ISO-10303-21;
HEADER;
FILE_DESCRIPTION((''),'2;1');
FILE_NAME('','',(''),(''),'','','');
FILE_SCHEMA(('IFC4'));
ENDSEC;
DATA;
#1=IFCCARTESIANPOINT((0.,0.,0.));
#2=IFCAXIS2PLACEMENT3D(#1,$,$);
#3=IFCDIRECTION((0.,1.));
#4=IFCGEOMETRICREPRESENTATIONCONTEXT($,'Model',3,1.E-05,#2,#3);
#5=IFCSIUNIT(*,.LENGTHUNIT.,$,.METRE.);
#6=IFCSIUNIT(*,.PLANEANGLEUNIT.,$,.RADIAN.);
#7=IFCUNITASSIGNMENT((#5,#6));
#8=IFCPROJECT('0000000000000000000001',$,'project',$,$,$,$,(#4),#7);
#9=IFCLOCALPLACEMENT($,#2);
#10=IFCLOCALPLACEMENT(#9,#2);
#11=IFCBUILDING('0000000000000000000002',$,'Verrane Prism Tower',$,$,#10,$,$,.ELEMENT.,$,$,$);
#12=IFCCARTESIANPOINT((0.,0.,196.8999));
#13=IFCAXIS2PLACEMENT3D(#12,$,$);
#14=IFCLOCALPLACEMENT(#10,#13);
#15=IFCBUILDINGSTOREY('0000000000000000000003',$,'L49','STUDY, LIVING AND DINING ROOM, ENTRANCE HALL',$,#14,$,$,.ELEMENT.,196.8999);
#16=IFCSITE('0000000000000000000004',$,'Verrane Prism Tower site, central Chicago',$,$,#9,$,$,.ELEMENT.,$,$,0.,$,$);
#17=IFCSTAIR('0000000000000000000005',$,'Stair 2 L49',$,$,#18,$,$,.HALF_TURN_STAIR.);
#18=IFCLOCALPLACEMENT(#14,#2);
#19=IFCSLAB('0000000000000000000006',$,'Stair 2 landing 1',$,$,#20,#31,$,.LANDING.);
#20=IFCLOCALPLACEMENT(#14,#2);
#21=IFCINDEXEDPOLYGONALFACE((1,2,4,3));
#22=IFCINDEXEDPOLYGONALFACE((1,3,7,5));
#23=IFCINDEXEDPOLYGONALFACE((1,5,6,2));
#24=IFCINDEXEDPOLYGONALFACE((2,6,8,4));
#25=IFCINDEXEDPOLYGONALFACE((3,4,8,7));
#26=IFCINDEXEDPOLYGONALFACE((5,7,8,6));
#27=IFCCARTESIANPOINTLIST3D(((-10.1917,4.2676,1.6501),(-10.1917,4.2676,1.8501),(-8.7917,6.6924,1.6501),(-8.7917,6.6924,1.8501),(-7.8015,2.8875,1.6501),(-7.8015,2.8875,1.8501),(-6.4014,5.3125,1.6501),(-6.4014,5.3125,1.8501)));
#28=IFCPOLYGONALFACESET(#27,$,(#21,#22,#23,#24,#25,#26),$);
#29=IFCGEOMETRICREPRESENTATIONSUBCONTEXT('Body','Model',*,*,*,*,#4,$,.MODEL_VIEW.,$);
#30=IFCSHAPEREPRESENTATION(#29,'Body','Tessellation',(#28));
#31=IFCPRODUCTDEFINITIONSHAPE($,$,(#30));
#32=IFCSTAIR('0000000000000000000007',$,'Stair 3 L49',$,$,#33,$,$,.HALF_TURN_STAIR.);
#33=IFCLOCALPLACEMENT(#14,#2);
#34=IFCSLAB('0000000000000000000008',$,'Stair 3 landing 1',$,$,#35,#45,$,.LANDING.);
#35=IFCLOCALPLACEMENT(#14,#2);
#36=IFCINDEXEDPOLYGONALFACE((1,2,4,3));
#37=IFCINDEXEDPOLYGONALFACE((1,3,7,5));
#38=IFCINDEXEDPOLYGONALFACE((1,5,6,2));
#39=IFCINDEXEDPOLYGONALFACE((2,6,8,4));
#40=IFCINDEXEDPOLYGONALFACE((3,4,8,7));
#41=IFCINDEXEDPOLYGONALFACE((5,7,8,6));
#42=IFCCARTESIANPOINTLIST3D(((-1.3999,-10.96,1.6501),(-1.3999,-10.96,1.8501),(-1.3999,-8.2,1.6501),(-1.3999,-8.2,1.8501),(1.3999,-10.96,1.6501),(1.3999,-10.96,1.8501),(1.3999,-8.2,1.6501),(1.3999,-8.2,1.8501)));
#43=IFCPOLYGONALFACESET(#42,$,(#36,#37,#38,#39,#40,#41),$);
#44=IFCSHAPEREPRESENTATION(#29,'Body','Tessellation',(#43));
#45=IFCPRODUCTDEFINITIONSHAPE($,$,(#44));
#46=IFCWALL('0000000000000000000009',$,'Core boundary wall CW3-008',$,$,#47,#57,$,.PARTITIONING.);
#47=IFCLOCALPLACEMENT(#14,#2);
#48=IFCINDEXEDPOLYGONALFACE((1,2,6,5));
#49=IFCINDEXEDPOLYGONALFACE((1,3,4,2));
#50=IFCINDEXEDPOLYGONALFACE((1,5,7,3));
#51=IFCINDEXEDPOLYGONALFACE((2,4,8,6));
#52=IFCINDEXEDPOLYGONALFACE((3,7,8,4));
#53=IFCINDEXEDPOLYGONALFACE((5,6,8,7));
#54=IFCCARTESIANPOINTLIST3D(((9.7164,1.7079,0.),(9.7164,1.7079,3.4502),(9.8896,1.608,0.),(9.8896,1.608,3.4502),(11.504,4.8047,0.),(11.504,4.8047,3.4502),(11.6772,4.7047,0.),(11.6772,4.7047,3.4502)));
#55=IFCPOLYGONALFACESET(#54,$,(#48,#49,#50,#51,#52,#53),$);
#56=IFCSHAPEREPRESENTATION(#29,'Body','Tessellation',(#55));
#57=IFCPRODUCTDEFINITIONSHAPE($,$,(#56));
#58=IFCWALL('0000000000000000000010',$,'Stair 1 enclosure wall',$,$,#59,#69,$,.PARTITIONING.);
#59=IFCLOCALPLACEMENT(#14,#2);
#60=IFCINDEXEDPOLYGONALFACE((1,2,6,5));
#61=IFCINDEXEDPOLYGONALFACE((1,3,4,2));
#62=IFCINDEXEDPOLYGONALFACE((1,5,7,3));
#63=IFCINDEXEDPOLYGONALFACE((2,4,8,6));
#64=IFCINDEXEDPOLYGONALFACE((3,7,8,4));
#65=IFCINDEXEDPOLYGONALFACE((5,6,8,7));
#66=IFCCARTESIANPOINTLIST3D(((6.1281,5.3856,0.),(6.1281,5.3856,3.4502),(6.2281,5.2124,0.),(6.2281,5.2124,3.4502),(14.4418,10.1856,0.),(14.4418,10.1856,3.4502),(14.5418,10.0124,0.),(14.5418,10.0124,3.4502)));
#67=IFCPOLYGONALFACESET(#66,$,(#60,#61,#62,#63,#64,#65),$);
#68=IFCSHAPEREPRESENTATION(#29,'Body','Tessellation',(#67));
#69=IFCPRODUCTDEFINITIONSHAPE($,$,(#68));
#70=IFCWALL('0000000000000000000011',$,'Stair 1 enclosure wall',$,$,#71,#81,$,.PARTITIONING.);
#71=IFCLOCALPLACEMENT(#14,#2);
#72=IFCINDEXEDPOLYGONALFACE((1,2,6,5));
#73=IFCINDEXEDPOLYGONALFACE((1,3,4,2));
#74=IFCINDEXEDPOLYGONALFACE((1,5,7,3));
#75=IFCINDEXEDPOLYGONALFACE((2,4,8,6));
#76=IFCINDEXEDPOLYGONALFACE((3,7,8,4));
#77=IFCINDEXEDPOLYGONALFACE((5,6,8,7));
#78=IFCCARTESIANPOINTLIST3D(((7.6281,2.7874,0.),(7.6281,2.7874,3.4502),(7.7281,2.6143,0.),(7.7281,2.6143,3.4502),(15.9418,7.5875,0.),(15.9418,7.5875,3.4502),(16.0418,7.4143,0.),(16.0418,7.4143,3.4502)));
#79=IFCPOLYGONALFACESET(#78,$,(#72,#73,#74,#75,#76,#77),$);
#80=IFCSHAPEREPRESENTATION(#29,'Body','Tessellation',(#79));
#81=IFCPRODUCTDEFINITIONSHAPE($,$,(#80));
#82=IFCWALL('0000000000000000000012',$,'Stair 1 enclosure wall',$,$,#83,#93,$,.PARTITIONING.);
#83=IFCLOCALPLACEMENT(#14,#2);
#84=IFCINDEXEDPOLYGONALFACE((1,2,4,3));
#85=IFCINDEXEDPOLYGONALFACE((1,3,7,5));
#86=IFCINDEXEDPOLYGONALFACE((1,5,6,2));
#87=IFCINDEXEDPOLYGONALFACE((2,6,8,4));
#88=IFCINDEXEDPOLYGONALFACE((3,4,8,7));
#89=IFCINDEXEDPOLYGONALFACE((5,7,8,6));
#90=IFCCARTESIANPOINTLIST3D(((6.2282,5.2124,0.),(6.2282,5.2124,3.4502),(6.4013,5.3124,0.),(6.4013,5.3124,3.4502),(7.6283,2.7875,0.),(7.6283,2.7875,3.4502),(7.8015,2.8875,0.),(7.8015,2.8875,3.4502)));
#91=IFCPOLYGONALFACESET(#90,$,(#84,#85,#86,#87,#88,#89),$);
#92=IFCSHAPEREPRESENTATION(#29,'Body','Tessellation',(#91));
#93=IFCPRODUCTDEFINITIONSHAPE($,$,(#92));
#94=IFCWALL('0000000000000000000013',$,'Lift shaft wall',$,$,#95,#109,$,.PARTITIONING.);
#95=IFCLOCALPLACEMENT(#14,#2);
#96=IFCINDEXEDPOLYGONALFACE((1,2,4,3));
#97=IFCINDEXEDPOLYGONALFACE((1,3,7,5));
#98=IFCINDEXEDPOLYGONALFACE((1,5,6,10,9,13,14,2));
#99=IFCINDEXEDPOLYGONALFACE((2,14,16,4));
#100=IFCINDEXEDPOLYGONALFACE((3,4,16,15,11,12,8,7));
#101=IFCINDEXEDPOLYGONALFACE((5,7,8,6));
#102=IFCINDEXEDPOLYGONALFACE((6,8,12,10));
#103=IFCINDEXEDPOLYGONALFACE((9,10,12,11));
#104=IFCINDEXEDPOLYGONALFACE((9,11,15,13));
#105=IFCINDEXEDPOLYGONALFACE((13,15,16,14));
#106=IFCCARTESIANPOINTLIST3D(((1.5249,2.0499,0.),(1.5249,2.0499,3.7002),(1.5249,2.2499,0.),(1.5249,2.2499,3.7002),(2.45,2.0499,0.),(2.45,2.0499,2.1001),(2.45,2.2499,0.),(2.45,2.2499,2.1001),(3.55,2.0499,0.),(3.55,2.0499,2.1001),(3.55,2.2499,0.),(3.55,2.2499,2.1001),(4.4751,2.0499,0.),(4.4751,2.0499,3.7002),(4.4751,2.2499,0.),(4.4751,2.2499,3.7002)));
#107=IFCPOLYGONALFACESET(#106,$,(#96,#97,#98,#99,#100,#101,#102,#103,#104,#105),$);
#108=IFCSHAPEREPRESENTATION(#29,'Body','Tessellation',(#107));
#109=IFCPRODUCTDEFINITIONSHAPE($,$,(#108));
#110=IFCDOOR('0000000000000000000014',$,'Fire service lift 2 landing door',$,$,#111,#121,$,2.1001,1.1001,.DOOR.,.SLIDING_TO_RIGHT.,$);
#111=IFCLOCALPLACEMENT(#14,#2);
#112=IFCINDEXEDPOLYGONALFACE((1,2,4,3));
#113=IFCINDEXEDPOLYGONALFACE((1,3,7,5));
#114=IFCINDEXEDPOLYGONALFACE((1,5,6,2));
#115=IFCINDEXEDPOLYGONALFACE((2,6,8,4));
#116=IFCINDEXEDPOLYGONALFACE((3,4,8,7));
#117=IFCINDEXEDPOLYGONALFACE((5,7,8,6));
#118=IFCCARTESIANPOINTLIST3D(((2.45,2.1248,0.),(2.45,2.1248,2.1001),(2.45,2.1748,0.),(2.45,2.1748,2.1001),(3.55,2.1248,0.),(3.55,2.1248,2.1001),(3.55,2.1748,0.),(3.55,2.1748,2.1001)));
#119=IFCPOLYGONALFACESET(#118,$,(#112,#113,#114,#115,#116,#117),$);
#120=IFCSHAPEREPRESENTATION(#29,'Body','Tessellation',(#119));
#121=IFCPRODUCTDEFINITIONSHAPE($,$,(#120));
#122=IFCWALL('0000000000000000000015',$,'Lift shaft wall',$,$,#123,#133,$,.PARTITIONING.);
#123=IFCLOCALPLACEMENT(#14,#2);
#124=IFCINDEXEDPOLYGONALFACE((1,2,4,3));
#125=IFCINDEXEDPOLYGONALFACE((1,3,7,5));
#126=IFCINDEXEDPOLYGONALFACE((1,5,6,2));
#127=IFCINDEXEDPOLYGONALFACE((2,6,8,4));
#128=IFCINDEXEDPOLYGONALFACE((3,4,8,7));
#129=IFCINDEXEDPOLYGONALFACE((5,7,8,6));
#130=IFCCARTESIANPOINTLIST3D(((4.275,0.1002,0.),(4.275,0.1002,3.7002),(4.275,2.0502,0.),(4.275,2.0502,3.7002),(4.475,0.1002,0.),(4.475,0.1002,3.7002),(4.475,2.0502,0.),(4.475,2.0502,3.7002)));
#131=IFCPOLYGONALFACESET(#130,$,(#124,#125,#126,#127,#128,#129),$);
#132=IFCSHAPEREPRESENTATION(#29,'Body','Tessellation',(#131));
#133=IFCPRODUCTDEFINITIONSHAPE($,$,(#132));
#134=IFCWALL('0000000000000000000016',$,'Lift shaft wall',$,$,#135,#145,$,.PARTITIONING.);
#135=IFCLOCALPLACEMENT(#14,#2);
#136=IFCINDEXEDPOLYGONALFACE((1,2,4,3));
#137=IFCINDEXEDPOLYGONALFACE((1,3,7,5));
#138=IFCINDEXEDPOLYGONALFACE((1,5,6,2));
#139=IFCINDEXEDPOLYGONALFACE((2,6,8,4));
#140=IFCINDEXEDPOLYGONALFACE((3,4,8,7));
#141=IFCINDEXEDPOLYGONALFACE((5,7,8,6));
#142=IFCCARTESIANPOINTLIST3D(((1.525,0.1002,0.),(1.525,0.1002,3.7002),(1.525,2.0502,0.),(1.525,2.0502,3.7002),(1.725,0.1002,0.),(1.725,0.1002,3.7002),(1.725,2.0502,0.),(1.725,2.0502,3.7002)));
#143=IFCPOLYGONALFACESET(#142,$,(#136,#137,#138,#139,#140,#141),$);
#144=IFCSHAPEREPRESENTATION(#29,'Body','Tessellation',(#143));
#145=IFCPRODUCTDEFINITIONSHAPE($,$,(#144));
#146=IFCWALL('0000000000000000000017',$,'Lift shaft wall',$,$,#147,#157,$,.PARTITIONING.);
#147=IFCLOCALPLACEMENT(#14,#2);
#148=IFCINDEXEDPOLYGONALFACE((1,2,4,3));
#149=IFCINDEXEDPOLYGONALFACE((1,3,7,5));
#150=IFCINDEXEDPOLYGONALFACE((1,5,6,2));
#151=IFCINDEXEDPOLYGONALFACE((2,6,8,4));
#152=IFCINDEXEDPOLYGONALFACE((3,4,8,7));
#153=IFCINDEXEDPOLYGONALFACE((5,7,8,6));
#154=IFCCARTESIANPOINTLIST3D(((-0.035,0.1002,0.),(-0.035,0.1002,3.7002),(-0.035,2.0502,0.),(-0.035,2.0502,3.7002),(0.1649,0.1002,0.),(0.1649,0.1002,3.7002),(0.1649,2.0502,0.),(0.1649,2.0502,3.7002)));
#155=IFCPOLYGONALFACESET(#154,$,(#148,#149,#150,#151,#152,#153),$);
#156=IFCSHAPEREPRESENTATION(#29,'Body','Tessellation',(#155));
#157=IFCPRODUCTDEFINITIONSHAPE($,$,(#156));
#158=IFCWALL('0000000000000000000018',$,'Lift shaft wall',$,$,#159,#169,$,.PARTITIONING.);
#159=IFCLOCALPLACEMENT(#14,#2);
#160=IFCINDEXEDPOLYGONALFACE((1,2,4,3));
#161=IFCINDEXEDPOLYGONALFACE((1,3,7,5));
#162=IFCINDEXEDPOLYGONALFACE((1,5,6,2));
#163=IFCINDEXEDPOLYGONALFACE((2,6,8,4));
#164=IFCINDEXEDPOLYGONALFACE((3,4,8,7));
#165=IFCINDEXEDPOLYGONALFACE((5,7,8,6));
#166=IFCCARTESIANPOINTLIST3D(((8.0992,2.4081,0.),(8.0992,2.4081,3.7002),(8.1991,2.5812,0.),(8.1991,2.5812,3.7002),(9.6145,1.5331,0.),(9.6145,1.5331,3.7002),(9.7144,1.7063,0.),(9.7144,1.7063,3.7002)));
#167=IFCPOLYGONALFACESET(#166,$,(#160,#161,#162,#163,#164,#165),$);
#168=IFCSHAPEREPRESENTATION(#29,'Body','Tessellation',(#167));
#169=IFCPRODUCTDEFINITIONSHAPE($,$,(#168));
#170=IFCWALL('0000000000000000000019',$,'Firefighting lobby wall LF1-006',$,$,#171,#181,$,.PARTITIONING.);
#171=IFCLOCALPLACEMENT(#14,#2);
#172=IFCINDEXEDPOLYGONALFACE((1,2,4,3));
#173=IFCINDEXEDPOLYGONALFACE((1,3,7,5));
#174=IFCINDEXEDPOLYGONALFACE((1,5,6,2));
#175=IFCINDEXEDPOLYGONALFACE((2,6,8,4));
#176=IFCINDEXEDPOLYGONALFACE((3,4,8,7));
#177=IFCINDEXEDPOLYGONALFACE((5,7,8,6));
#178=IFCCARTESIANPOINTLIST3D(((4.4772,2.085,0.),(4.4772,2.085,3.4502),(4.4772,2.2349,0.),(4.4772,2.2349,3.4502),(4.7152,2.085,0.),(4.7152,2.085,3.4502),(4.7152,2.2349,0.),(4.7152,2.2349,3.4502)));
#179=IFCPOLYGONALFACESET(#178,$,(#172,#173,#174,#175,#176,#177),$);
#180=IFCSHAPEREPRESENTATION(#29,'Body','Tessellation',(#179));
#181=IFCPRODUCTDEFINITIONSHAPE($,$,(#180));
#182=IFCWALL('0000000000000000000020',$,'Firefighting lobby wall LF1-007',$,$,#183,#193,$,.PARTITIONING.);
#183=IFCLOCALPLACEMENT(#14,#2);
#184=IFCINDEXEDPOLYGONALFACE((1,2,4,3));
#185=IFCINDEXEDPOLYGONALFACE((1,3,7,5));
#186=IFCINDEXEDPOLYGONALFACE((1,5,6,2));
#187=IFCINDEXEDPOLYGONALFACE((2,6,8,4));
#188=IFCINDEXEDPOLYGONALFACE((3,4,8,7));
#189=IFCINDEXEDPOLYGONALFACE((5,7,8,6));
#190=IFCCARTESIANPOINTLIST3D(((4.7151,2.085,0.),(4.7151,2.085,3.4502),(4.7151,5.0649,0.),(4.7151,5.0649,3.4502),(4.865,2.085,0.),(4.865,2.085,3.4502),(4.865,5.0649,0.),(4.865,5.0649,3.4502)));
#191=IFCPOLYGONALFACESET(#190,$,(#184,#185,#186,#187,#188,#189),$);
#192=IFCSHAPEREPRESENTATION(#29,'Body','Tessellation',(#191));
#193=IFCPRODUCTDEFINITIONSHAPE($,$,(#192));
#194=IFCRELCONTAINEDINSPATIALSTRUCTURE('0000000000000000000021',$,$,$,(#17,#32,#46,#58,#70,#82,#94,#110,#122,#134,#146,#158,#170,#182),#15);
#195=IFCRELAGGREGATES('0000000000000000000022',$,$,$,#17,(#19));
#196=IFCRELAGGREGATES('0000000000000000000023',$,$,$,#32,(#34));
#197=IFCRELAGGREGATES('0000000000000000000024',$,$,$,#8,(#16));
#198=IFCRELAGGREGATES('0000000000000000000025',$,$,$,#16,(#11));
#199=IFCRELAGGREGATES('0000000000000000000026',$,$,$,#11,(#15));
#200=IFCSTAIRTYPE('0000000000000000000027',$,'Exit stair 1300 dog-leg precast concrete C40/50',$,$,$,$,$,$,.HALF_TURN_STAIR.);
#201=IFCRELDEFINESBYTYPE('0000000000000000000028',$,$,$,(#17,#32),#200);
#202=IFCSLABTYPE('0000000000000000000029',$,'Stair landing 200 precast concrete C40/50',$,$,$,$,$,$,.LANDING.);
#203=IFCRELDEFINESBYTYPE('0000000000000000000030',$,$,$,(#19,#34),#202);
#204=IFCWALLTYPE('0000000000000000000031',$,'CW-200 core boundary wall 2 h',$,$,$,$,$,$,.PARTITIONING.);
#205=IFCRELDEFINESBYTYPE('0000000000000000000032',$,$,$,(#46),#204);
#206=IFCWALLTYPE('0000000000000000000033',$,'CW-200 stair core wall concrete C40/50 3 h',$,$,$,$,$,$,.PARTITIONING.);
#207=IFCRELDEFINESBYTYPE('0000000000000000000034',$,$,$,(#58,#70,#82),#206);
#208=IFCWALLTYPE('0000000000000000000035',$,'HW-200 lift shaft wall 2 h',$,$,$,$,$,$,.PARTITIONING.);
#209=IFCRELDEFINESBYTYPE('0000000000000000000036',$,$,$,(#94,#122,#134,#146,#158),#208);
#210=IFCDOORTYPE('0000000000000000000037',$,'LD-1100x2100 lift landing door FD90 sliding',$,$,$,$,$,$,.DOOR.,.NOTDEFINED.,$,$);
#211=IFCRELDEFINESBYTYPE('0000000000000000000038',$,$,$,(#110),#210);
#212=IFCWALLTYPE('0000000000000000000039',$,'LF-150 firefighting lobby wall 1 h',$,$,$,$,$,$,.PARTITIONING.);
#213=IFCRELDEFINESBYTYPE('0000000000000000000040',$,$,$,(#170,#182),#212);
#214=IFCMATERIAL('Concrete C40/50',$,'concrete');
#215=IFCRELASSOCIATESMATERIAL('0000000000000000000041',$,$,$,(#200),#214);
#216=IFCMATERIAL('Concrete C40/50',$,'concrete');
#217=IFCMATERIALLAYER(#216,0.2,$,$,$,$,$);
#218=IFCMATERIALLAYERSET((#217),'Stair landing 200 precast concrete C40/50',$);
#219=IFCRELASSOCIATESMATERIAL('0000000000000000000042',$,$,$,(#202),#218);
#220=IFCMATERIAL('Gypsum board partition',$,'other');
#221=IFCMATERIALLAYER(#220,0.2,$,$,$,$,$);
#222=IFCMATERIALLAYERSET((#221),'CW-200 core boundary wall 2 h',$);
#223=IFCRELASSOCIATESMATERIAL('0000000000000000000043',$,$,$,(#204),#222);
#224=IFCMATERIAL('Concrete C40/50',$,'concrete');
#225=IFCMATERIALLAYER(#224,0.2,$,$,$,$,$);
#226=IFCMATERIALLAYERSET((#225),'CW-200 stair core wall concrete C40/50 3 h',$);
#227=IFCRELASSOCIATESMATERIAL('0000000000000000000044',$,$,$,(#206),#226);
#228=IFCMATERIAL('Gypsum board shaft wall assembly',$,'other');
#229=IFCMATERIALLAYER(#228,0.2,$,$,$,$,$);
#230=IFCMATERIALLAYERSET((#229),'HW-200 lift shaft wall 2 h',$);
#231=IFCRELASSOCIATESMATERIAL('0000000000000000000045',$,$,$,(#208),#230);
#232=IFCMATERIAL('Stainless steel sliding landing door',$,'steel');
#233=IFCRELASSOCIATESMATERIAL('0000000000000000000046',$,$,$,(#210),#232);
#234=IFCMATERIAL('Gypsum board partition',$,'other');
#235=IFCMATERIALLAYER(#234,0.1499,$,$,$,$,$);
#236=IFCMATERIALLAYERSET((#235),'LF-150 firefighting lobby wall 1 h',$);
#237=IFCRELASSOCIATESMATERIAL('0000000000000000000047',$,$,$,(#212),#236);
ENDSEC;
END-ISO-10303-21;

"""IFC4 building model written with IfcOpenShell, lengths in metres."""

from ifc_helpers import new_model, si_unit, direction, frame, frame_2d, origin, place, context, subcontext, project, spatial, polyline, rectangle, outline, extrude, material, layer, layer_set, type_object, element, fill, aggregate, save


model = new_model("IFC4")

# Units and contexts
model_context = context("Model", 3, precision=1e-05, world=origin(), true_north=direction((0.0, 1.0)))
body_context = subcontext(model_context, "Body", "Model", "MODEL_VIEW")
ifc_project = project(units=[si_unit("LENGTHUNIT", "METRE"), si_unit("PLANEANGLEUNIT", "RADIAN")], contexts=[model_context])

# Site, building, storey
site_placement = place(None, origin())
site = spatial("IfcSite", under=ifc_project, at=site_placement, Name="Verrane Prism Tower site, central Chicago", CompositionType="ELEMENT", RefElevation=0.0)
building_placement = place(site_placement, origin())
building = spatial("IfcBuilding", under=site, at=building_placement, Name="Verrane Prism Tower", CompositionType="ELEMENT")
storey_placement = place(building_placement, frame((0.0, 0.0, 196.8999)))
storey = spatial("IfcBuildingStorey", under=building, at=storey_placement, Name="L49", Description="STUDY, LIVING AND DINING ROOM, ENTRANCE HALL", CompositionType="ELEMENT", Elevation=196.8999)

# Stairs, slabs
ifc_material_1 = material(Name="Concrete C40/50", Category="concrete")
stair_type = type_object("IfcStairType", Name="Exit stair 1300 dog-leg precast concrete C40/50", PredefinedType="HALF_TURN_STAIR", material=ifc_material_1)
stair_1_placement = place(storey_placement, origin())
stair_1 = element("IfcStair", 1, at=stair_1_placement, inside=storey, type_object=stair_type, Name="Stair 2 L49", PredefinedType="HALF_TURN_STAIR")
ifc_material_2 = material(Name="Concrete C40/50", Category="concrete")
ifc_layer_1 = layer(ifc_material_2, 0.2)
ifc_layer_set_1 = layer_set([ifc_layer_1], Name="Stair landing 200 precast concrete C40/50")
slab_type_1 = type_object("IfcSlabType", Name="Stair landing 200 precast concrete C40/50", PredefinedType="LANDING", material=ifc_layer_set_1)
slab_1_placement = place(storey_placement, frame((0.0, 0.0, 1.6501)))
slab_1 = element("IfcSlab", 2, at=slab_1_placement, type_object=slab_type_1, Name="Stair 2 landing 1", PredefinedType="LANDING", context=body_context, shape_type="SweptSolid", body=[
    extrude(outline(polyline([(-10.1917, 4.2676), (-7.8015, 2.8875), (-6.4014, 5.3125), (-8.7917, 6.6924), (-10.1917, 4.2676)])), origin(), (0.0, 0.0, 1.0), 0.2),
])
aggregate(stair_1, [slab_1])
stair_2_placement = place(storey_placement, origin())
stair_2 = element("IfcStair", 3, at=stair_2_placement, inside=storey, type_object=stair_type, Name="Stair 3 L49", PredefinedType="HALF_TURN_STAIR")
slab_2_placement = place(storey_placement, frame((0.0, 0.0, 1.6501)))
slab_2 = element("IfcSlab", 4, at=slab_2_placement, type_object=slab_type_1, Name="Stair 3 landing 1", PredefinedType="LANDING", context=body_context, shape_type="SweptSolid", body=[
    extrude(outline(polyline([(1.3999, -10.96), (1.3999, -8.2), (-1.3999, -8.2), (-1.3999, -10.96), (1.3999, -10.96)])), origin(), (0.0, 0.0, 1.0), 0.2),
])
aggregate(stair_2, [slab_2])

# Walls
ifc_material_3 = material(Name="Gypsum board partition", Category="other")
ifc_layer_2 = layer(ifc_material_3, 0.2)
ifc_layer_set_2 = layer_set([ifc_layer_2], Name="CW-200 core boundary wall 2 h")
wall_type_1 = type_object("IfcWallType", Name="CW-200 core boundary wall 2 h", PredefinedType="PARTITIONING", material=ifc_layer_set_2)
wall_1_placement = place(storey_placement, frame((9.803, 1.658, 0.0), z_axis=(0.0, 0.0, 1.0), x_axis=(0.499943, 0.866058, 0.0)))
element("IfcWall", 5, at=wall_1_placement, inside=storey, type_object=wall_type_1, Name="Core boundary wall CW3-008", PredefinedType="PARTITIONING", context=body_context, shape_type="SweptSolid", body=[
    extrude(rectangle(XDim=3.5757, YDim=0.2, at=frame_2d((1.7878, 0.0))), origin(), (0.0, 0.0, 1.0), 3.4502),
])
ifc_material_4 = material(Name="Concrete C40/50", Category="concrete")
ifc_layer_3 = layer(ifc_material_4, 0.2)
ifc_layer_set_3 = layer_set([ifc_layer_3], Name="CW-200 stair core wall concrete C40/50 3 h")
wall_type_2 = type_object("IfcWallType", Name="CW-200 stair core wall concrete C40/50 3 h", PredefinedType="PARTITIONING", material=ifc_layer_set_3)
for number, where, z_axis, x_axis, name in (
    (6, (6.1782, 5.2991, 0.0), (0.0, 0.0, 1.0), (0.86602, 0.500009, 0.0), "Stair 1 enclosure wall"),
    (7, (7.6782, 2.7009, 0.0), (0.0, 0.0, 1.0), (0.86602, 0.500009, 0.0), "Stair 1 enclosure wall"),
):
    element("IfcWall", number, at=place(storey_placement, frame(where, z_axis=z_axis, x_axis=x_axis)), inside=storey, type_object=wall_type_2, Name=name, PredefinedType="PARTITIONING", context=body_context, shape_type="SweptSolid", body=[
        extrude(rectangle(XDim=9.5999, YDim=0.2, at=frame_2d((4.7998, 0.0))), origin(), (0.0, 0.0, 1.0), 3.4502),
    ])
wall_2_placement = place(storey_placement, frame((7.7148, 2.8376, 0.0), z_axis=(0.0, 0.0, 1.0), x_axis=(-0.50005, 0.865997, 0.0)))
element("IfcWall", 8, at=wall_2_placement, inside=storey, type_object=wall_type_2, Name="Stair 1 enclosure wall", PredefinedType="PARTITIONING", context=body_context, shape_type="SweptSolid", body=[
    extrude(rectangle(XDim=2.8, YDim=0.2, at=frame_2d((1.3999, 0.0))), origin(), (0.0, 0.0, 1.0), 3.4502),
])

# Wall, opening, door
ifc_material_5 = material(Name="Gypsum board shaft wall assembly", Category="other")
ifc_layer_4 = layer(ifc_material_5, 0.2)
ifc_layer_set_4 = layer_set([ifc_layer_4], Name="HW-200 lift shaft wall 2 h")
wall_type_3 = type_object("IfcWallType", Name="HW-200 lift shaft wall 2 h", PredefinedType="PARTITIONING", material=ifc_layer_set_4)
wall_3_placement = place(storey_placement, frame((1.5249, 2.1499, 0.0), z_axis=(0.0, 0.0, 1.0), x_axis=(1.0, 0.0, 0.0)))
wall_3 = element("IfcWall", 9, at=wall_3_placement, inside=storey, type_object=wall_type_3, Name="Lift shaft wall", PredefinedType="PARTITIONING", context=body_context, shape_type="SweptSolid", body=[
    extrude(rectangle(XDim=2.9502, YDim=0.2, at=frame_2d((1.4751, 0.0))), origin(), (0.0, 0.0, 1.0), 3.7002),
])
opening_1_placement = place(wall_3_placement, frame((0.925, 0.0, 0.0)))
opening_1 = element("IfcOpeningElement", 10, at=opening_1_placement, cuts=wall_3, PredefinedType="OPENING", context=body_context, shape_type="SweptSolid", body=[
    extrude(rectangle(XDim=1.1001, YDim=2.1001, at=frame_2d((0.55, 1.05))), frame((0.0, 0.1099, 0.0), z_axis=(0.0, -1.0, 0.0), x_axis=(1.0, 0.0, 0.0)), (0.0, 0.0, 1.0), 0.22),
])
ifc_material_6 = material(Name="Stainless steel sliding landing door", Category="steel")
door_type_1 = type_object("IfcDoorType", Name="LD-1100x2100 lift landing door FD90 sliding", OperationType="NOTDEFINED", PredefinedType="DOOR", material=ifc_material_6)
door_1_placement = place(opening_1_placement, origin())
door_1 = element("IfcDoor", 11, at=door_1_placement, inside=storey, type_object=door_type_1, Name="Fire service lift 2 landing door", OperationType="SLIDING_TO_RIGHT", OverallHeight=2.1001, OverallWidth=1.1001, PredefinedType="DOOR", context=body_context, shape_type="SweptSolid", body=[
    extrude(rectangle(XDim=1.1001, YDim=2.1001, at=frame_2d((0.55, 1.05))), frame((0.0, 0.0249, 0.0), z_axis=(0.0, -1.0, 0.0), x_axis=(1.0, 0.0, 0.0)), (0.0, 0.0, 1.0), 0.05),
])
fill(opening_1, door_1)

# Walls
for number, where, z_axis, x_axis, name in (
    (12, (4.375, 0.1001, 0.0), (0.0, 0.0, 1.0), (0.0, 1.0, 0.0), "Lift shaft wall"),
    (13, (1.625, 0.1001, 0.0), (0.0, 0.0, 1.0), (0.0, 1.0, 0.0), "Lift shaft wall"),
    (14, (0.0649, 0.1001, 0.0), (0.0, 0.0, 1.0), (0.0, 1.0, 0.0), "Lift shaft wall"),
):
    element("IfcWall", number, at=place(storey_placement, frame(where, z_axis=z_axis, x_axis=x_axis)), inside=storey, type_object=wall_type_3, Name=name, PredefinedType="PARTITIONING", context=body_context, shape_type="SweptSolid", body=[
        extrude(rectangle(XDim=1.95, YDim=0.2, at=frame_2d((0.9751, 0.0))), origin(), (0.0, 0.0, 1.0), 3.7002),
    ])
wall_4_placement = place(storey_placement, frame((9.6646, 1.6196, 0.0), z_axis=(0.0, 0.0, 1.0), x_axis=(-0.866002, 0.50004, 0.0)))
element("IfcWall", 15, at=wall_4_placement, inside=storey, type_object=wall_type_3, Name="Lift shaft wall", PredefinedType="PARTITIONING", context=body_context, shape_type="SweptSolid", body=[
    extrude(rectangle(XDim=1.7498, YDim=0.2, at=frame_2d((0.875, 0.0))), origin(), (0.0, 0.0, 1.0), 3.7002),
])
ifc_material_7 = material(Name="Gypsum board partition", Category="other")
ifc_layer_5 = layer(ifc_material_7, 0.1499)
ifc_layer_set_5 = layer_set([ifc_layer_5], Name="LF-150 firefighting lobby wall 1 h")
wall_type_4 = type_object("IfcWallType", Name="LF-150 firefighting lobby wall 1 h", PredefinedType="PARTITIONING", material=ifc_layer_set_5)
wall_5_placement = place(storey_placement, frame((4.4771, 2.1599, 0.0), z_axis=(0.0, 0.0, 1.0), x_axis=(1.0, 0.0, 0.0)))
element("IfcWall", 16, at=wall_5_placement, inside=storey, type_object=wall_type_4, Name="Firefighting lobby wall LF1-006", PredefinedType="PARTITIONING", context=body_context, shape_type="SweptSolid", body=[
    extrude(rectangle(XDim=0.238, YDim=0.1499, at=frame_2d((0.1191, 0.0))), origin(), (0.0, 0.0, 1.0), 3.4502),
])
wall_6_placement = place(storey_placement, frame((4.79, 2.085, 0.0), z_axis=(0.0, 0.0, 1.0), x_axis=(0.0, 1.0, 0.0)))
element("IfcWall", 17, at=wall_6_placement, inside=storey, type_object=wall_type_4, Name="Firefighting lobby wall LF1-007", PredefinedType="PARTITIONING", context=body_context, shape_type="SweptSolid", body=[
    extrude(rectangle(XDim=2.98, YDim=0.1499, at=frame_2d((1.49, 0.0))), origin(), (0.0, 0.0, 1.0), 3.4502),
])

save(model, "model.ifc")
